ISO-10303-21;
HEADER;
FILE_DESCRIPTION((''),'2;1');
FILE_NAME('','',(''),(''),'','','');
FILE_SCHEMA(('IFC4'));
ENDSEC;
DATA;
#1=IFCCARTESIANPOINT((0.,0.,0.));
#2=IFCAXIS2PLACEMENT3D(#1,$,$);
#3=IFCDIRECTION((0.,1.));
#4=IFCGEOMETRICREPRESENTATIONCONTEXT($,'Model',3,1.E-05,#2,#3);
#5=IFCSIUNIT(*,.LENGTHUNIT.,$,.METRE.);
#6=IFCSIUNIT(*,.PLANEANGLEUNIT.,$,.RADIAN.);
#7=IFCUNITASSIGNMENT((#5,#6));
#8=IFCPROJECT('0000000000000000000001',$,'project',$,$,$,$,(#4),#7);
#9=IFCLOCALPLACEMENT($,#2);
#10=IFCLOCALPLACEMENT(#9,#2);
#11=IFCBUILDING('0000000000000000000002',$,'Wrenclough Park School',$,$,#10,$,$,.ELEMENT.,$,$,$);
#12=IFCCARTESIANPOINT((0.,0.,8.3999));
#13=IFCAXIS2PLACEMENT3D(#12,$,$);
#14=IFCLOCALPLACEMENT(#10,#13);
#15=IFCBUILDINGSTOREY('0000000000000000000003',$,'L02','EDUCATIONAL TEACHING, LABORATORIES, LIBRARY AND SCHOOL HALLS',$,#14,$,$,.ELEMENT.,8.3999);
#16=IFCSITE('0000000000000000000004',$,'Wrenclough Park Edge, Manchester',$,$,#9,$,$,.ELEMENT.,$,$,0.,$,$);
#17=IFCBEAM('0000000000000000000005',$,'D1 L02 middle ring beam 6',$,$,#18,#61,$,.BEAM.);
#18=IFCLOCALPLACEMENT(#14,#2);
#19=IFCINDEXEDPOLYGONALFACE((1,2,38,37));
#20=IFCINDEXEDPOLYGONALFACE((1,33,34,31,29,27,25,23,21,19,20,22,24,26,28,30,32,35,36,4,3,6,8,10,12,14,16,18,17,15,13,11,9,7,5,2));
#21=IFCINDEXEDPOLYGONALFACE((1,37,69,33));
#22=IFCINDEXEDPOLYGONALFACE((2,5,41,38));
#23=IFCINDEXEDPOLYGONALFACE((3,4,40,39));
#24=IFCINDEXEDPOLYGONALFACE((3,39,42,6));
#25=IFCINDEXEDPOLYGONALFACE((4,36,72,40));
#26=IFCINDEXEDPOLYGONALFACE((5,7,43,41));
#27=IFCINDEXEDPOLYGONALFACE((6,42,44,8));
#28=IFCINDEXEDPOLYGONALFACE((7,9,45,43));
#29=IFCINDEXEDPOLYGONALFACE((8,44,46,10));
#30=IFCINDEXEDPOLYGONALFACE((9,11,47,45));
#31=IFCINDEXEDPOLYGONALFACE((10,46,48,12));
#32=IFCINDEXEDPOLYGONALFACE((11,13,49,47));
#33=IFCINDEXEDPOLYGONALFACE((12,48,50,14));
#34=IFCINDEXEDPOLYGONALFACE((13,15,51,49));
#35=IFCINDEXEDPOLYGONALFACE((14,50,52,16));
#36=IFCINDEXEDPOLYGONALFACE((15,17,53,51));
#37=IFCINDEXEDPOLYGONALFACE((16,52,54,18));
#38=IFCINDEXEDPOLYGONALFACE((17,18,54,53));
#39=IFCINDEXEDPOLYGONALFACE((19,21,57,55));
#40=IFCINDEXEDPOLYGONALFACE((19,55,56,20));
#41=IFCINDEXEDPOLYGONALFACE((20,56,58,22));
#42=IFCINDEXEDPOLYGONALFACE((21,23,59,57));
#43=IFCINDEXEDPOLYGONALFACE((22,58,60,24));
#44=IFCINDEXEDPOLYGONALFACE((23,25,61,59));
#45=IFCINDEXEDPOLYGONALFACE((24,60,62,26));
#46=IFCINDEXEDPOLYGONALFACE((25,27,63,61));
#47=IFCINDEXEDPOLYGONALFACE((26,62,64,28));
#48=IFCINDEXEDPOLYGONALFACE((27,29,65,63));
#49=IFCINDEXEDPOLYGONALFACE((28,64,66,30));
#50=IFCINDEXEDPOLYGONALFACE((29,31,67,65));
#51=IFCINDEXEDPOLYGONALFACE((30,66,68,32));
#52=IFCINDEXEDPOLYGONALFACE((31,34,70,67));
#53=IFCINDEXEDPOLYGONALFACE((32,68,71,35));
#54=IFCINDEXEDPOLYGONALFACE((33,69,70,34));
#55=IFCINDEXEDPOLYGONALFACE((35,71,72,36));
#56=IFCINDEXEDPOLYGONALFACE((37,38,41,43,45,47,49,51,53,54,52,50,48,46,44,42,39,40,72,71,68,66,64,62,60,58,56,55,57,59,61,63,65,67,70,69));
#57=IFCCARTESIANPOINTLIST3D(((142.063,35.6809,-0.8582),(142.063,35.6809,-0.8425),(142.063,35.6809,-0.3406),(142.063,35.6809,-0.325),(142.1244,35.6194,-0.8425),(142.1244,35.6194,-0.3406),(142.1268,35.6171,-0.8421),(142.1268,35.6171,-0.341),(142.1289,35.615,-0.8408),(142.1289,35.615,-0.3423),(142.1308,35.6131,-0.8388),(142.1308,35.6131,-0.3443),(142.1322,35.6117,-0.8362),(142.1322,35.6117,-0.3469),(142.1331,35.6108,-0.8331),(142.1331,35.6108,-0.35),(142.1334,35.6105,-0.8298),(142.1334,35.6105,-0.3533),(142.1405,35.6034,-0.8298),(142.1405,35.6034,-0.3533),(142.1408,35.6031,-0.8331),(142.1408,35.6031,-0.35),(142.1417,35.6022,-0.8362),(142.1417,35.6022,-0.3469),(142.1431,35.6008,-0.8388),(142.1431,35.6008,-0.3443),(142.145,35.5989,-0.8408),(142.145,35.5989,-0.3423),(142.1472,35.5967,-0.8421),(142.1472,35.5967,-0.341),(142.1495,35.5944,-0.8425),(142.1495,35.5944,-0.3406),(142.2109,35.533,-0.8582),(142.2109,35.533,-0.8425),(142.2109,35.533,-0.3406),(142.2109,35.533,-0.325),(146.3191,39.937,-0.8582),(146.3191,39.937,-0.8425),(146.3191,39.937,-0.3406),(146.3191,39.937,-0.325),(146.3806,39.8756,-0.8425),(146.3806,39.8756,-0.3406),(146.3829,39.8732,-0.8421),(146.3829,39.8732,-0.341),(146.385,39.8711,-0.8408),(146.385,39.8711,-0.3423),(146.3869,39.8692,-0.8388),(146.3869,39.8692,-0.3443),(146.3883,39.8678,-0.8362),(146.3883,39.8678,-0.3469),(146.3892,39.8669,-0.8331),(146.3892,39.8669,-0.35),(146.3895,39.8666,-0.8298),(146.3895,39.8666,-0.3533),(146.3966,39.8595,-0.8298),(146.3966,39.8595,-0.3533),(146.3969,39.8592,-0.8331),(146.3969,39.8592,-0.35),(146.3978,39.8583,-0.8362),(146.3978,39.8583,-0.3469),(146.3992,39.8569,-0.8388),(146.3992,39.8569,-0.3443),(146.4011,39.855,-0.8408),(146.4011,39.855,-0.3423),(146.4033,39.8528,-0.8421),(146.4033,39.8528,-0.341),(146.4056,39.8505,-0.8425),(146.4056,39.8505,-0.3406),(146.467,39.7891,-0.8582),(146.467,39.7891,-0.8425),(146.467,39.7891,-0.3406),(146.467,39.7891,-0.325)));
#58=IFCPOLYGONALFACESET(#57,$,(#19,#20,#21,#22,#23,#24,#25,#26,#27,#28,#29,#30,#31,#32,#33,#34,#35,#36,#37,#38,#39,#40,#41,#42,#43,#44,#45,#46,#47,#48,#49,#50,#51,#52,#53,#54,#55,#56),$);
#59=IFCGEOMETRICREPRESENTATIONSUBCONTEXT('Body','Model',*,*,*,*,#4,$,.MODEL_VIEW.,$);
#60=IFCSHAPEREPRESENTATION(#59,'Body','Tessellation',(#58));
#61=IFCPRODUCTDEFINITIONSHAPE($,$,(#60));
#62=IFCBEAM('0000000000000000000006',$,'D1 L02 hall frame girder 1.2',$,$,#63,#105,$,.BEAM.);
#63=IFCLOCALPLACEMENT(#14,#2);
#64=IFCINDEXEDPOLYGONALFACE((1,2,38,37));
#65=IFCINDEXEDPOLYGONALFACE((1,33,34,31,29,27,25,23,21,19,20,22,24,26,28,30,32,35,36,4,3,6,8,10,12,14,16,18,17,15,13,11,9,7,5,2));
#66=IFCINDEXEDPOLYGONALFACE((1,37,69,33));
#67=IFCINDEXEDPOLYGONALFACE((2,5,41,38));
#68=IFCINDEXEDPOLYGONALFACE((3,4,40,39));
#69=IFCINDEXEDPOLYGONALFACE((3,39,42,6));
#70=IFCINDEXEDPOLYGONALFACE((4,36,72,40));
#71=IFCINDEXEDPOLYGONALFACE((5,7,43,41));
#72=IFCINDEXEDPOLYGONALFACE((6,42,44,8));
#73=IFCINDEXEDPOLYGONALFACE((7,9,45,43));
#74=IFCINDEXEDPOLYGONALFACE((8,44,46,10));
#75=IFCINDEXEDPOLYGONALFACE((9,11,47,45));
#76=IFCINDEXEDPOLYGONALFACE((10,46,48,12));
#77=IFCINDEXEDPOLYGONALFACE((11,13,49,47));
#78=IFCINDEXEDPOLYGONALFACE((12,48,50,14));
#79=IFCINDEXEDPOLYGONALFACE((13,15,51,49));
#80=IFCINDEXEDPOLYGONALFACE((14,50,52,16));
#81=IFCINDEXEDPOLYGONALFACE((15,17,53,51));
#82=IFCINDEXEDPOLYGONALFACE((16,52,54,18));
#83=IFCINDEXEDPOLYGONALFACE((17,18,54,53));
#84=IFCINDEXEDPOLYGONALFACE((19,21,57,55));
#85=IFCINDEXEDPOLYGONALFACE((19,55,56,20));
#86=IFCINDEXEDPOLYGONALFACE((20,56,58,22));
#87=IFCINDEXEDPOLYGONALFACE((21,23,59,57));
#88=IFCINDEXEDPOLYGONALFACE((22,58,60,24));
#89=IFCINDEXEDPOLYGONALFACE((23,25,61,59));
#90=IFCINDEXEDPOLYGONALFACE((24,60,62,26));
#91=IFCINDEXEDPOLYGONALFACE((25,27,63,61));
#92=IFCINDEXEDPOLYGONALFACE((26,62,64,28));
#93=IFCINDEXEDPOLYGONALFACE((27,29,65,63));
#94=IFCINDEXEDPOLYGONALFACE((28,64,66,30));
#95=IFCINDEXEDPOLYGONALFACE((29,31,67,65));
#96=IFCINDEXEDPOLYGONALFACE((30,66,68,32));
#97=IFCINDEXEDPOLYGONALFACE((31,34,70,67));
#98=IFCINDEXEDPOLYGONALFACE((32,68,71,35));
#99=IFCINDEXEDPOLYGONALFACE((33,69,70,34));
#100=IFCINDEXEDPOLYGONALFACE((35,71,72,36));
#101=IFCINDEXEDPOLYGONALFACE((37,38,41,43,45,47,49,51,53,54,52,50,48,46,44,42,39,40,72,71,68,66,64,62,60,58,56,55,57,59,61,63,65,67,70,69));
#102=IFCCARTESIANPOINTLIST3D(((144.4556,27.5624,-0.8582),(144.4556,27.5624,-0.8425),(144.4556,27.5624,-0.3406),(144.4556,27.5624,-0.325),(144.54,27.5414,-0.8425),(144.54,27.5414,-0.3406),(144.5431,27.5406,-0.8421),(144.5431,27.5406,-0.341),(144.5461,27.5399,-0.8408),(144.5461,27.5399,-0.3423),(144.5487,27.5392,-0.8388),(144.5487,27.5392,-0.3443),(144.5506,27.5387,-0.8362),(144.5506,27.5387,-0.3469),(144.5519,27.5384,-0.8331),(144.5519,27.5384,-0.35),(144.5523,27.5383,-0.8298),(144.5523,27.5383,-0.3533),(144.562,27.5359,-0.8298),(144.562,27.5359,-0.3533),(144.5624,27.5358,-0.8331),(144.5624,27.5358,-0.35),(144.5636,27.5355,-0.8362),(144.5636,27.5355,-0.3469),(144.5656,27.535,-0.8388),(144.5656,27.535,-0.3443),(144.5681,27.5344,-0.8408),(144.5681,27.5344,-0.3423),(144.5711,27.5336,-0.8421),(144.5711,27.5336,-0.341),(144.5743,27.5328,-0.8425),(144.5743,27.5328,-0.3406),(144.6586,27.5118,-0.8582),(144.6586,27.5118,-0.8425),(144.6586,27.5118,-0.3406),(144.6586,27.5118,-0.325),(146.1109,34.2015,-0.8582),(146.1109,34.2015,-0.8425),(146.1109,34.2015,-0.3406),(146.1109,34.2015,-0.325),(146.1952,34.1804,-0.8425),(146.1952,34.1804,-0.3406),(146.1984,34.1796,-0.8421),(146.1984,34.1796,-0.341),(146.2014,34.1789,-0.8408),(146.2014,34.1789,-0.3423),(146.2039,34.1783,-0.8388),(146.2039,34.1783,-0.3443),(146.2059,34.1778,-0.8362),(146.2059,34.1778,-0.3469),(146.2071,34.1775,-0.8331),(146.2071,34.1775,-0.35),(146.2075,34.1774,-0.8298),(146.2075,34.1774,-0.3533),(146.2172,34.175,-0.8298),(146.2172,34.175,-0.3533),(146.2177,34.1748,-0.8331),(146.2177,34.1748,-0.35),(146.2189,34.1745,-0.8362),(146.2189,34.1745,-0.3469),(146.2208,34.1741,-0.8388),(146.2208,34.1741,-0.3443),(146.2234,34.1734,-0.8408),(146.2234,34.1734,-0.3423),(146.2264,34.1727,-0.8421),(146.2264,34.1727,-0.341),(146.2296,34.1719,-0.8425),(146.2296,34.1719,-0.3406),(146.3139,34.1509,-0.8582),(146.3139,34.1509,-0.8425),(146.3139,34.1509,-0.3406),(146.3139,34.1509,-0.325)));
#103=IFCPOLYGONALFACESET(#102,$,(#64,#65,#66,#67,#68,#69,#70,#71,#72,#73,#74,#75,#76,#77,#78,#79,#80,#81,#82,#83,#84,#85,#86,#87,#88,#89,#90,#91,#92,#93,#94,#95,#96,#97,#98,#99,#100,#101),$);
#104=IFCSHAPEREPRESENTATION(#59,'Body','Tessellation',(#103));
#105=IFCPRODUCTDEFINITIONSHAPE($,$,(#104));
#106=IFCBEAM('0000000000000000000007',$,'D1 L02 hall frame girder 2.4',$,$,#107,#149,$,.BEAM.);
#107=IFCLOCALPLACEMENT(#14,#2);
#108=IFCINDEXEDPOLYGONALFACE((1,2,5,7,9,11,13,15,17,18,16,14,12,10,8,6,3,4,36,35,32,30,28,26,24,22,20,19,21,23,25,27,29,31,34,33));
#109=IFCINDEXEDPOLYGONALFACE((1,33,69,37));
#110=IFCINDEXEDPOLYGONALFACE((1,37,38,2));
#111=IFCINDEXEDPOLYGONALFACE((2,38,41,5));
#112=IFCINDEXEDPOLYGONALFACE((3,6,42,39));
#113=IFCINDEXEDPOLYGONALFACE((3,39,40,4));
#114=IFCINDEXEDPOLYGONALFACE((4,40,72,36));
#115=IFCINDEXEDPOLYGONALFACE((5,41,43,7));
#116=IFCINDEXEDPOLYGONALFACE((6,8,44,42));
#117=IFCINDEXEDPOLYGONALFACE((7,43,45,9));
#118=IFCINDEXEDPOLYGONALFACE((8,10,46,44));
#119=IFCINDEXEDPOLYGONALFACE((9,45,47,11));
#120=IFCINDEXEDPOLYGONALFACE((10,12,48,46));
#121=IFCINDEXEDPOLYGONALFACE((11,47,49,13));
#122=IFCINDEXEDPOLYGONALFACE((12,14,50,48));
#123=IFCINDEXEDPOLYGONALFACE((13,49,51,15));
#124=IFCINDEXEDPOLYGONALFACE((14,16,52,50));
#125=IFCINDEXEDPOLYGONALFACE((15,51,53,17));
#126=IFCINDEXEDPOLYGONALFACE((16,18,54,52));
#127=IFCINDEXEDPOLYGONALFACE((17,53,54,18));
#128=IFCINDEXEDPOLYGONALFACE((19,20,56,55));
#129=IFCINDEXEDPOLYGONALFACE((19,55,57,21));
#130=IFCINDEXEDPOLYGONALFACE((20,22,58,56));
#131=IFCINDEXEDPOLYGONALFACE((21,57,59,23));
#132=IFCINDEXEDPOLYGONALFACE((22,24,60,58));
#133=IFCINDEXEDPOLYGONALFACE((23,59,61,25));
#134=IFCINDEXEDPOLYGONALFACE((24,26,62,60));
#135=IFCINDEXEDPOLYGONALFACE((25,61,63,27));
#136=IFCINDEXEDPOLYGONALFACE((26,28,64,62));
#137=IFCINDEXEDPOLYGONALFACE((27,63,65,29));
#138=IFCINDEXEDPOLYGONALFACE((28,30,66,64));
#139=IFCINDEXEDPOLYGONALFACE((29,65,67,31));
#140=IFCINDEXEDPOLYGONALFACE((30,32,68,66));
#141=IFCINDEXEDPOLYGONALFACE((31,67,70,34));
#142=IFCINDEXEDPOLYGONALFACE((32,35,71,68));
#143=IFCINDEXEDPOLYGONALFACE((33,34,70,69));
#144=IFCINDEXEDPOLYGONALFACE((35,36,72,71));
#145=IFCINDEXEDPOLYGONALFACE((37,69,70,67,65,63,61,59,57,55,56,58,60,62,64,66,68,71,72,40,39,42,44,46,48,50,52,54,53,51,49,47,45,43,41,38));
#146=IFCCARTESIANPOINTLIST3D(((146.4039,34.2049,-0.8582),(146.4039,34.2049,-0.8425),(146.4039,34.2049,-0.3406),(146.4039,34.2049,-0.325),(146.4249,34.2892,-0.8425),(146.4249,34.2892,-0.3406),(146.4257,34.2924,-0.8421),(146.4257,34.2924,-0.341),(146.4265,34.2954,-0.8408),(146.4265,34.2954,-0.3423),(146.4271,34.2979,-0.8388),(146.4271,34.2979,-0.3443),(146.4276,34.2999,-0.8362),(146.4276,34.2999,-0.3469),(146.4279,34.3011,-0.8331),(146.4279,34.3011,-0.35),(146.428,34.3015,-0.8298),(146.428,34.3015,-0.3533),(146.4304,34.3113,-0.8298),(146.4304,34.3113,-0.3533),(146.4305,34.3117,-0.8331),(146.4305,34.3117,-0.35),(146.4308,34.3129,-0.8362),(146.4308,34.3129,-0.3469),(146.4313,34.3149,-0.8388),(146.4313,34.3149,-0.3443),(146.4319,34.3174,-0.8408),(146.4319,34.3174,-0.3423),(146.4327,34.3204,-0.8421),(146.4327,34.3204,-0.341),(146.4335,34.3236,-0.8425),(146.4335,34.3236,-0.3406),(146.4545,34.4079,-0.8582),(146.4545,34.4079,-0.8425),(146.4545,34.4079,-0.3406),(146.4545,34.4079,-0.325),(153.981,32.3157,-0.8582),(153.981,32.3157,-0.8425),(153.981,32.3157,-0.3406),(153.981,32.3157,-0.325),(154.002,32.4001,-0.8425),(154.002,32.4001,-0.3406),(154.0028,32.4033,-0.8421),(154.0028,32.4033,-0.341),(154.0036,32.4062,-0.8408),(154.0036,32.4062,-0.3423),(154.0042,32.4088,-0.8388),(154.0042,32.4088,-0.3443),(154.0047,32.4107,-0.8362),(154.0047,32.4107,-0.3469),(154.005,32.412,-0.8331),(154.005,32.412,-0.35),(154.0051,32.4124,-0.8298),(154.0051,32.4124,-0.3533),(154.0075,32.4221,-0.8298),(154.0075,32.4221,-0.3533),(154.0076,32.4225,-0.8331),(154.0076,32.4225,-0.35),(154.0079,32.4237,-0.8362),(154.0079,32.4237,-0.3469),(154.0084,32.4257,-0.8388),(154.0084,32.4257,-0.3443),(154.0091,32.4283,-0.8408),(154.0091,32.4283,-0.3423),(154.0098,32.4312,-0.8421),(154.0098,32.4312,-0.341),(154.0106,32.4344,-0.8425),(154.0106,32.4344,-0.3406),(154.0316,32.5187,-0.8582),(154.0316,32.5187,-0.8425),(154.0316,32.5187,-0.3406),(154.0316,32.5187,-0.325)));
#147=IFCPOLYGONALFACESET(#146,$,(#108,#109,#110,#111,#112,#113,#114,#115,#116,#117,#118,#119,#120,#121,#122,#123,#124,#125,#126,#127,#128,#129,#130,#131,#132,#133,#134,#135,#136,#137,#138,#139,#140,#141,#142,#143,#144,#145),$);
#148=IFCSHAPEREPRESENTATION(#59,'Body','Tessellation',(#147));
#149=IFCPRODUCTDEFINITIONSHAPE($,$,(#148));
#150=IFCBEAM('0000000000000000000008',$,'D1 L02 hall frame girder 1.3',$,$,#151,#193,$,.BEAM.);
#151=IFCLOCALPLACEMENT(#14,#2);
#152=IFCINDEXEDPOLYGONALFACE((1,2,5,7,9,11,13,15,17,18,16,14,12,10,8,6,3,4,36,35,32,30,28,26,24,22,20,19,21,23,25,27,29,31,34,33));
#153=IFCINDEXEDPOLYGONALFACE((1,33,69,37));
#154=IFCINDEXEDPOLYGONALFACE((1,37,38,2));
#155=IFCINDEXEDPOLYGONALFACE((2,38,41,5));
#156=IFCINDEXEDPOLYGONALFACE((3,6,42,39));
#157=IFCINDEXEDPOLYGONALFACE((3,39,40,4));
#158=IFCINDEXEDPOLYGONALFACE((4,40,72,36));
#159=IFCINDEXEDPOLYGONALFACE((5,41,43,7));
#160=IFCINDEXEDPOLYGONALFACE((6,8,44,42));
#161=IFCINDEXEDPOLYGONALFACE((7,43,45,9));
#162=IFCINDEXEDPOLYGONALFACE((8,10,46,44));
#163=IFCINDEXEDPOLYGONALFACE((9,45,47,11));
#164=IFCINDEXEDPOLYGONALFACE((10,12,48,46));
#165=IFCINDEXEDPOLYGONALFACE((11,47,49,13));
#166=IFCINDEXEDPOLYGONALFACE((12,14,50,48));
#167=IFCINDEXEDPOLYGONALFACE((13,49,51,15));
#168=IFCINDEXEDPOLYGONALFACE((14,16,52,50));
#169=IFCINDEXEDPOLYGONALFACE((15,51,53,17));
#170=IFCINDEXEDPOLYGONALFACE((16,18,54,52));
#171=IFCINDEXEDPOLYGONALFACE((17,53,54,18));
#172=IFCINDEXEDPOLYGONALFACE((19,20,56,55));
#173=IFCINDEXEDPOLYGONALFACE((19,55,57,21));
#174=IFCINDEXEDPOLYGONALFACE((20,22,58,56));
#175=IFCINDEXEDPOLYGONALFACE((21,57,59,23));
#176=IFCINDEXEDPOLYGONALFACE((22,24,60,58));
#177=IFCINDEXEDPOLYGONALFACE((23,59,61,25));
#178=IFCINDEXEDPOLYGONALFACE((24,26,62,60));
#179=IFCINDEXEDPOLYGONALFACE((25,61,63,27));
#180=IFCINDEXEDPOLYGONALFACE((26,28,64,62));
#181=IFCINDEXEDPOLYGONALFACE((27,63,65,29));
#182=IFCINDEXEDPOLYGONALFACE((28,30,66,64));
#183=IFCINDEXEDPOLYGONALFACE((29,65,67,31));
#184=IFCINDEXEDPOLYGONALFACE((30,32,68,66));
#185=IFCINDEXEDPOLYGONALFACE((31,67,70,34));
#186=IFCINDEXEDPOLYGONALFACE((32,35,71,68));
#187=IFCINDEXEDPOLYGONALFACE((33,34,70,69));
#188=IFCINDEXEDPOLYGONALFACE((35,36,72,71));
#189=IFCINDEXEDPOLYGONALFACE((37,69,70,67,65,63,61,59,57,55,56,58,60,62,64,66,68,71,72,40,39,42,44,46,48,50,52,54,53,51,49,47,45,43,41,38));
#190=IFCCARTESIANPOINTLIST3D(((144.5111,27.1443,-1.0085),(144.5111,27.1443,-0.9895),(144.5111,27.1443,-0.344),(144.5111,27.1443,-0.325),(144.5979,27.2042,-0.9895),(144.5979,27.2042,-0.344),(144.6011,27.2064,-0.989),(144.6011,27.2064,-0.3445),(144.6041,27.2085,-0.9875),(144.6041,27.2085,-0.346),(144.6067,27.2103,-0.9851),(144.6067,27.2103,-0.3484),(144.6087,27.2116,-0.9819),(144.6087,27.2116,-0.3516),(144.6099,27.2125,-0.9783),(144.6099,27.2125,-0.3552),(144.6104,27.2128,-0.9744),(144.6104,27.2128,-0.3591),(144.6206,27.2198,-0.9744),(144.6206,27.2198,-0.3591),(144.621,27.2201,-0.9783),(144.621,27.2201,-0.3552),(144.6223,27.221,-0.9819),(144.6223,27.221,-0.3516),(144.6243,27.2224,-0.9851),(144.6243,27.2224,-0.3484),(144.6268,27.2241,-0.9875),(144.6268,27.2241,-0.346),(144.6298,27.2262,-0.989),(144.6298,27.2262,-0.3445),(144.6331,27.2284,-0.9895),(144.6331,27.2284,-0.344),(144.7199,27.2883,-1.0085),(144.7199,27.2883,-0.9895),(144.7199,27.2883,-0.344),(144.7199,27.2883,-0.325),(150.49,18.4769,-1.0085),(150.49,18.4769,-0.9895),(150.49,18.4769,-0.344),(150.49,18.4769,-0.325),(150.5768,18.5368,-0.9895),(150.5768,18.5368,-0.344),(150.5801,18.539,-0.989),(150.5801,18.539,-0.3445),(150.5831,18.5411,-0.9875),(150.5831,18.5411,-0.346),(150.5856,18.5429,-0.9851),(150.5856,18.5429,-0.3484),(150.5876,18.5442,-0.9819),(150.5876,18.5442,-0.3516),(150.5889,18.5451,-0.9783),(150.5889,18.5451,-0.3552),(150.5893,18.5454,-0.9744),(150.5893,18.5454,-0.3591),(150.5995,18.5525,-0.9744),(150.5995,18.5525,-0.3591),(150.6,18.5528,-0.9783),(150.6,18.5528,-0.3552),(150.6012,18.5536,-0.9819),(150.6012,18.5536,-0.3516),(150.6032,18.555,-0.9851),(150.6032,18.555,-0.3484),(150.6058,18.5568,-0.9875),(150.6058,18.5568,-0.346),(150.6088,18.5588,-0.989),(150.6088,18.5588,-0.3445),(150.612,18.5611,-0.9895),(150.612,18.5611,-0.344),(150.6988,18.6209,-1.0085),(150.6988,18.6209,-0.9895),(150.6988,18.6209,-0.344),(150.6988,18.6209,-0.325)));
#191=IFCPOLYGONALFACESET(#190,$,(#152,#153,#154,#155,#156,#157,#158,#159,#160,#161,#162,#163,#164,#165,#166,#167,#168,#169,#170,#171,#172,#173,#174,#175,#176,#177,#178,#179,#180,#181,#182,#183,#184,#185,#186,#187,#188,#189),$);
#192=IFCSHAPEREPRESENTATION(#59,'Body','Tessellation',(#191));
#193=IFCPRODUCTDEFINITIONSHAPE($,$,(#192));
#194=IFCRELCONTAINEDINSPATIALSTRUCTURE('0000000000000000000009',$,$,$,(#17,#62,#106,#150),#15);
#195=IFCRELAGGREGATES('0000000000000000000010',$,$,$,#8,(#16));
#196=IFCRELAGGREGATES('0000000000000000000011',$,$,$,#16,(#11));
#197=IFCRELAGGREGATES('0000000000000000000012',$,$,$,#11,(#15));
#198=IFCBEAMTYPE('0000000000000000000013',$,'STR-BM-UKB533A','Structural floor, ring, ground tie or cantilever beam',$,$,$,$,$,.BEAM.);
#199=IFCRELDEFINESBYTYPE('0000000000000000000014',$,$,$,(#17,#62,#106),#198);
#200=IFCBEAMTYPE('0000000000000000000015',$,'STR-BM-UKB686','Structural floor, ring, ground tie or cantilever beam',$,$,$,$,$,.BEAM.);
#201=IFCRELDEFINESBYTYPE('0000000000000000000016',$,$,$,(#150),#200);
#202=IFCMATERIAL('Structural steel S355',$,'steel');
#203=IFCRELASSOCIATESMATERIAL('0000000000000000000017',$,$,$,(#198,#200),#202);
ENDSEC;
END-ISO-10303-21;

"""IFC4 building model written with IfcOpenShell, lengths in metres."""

from ifc_helpers import new_model, si_unit, direction, frame, origin, origin_2d, place, context, subcontext, project, spatial, i_section, extrude, material, material_profile, profile_set, type_object, element, save


model = new_model("IFC4")

# Units and contexts
model_context = context("Model", 3, precision=1e-05, world=origin(), true_north=direction((0.0, 1.0)))
body_context = subcontext(model_context, "Body", "Model", "MODEL_VIEW")
ifc_project = project(units=[si_unit("LENGTHUNIT", "METRE"), si_unit("PLANEANGLEUNIT", "RADIAN")], contexts=[model_context])

# Site, building, storey
site_placement = place(None, origin())
site = spatial("IfcSite", under=ifc_project, at=site_placement, Name="Wrenclough Park Edge, Manchester", CompositionType="ELEMENT", RefElevation=0.0)
building_placement = place(site_placement, origin())
building = spatial("IfcBuilding", under=site, at=building_placement, Name="Wrenclough Park School", CompositionType="ELEMENT")
storey_placement = place(building_placement, frame((0.0, 0.0, 8.3999)))
storey = spatial("IfcBuildingStorey", under=building, at=storey_placement, Name="L02", Description="EDUCATIONAL TEACHING, LABORATORIES, LIBRARY AND SCHOOL HALLS", CompositionType="ELEMENT", Elevation=8.3999)

# Shared definitions
ifc_material_1 = material(Name="Structural steel S355", Category="steel")

# Beams
ifc_material_profile_1 = material_profile(ifc_material_1, i_section(OverallWidth=0.2092, OverallDepth=0.5332, WebThickness=0.01, FlangeThickness=0.0156, FilletRadius=0.0127, at=origin_2d()), Name="UKB 533x210x92")
ifc_profile_set_1 = profile_set([ifc_material_profile_1], Name="Structural steel S355")
beam_type_1 = type_object("IfcBeamType", Name="STR-BM-UKB533A", Description="Structural floor, ring, ground tie or cantilever beam", PredefinedType="BEAM", material=ifc_profile_set_1)
beam_1_placement = place(storey_placement, frame((146.3931, 39.863, -0.5916), z_axis=(-0.707107, -0.707107, 0.0), x_axis=(0.707107, -0.707107, 0.0)))
element("IfcBeam", 1, at=beam_1_placement, inside=storey, type_object=beam_type_1, Name="D1 L02 middle ring beam 6", PredefinedType="BEAM", context=body_context, shape_type="SweptSolid", body=[
    extrude(i_section(OverallWidth=0.2092, OverallDepth=0.5332, WebThickness=0.01, FlangeThickness=0.0156, FilletRadius=0.0127, at=origin_2d()), origin(), (0.0, 0.0, 1.0), 6.019),
])
beam_2_placement = place(storey_placement, frame((144.5571, 27.5371, -0.5916), z_axis=(0.241914, 0.970298, 0.0), x_axis=(-0.970298, 0.241914, 0.0)))
element("IfcBeam", 2, at=beam_2_placement, inside=storey, type_object=beam_type_1, Name="D1 L02 hall frame girder 1.2", PredefinedType="BEAM", context=body_context, shape_type="SweptSolid", body=[
    extrude(i_section(OverallWidth=0.2092, OverallDepth=0.5332, WebThickness=0.01, FlangeThickness=0.0156, FilletRadius=0.0127, at=origin_2d()), origin(), (0.0, 0.0, 1.0), 6.8423),
])
beam_3_placement = place(storey_placement, frame((146.4292, 34.3064, -0.5916), z_axis=(0.970297, -0.241918, 0.0), x_axis=(0.241918, 0.970297, 0.0)))
element("IfcBeam", 3, at=beam_3_placement, inside=storey, type_object=beam_type_1, Name="D1 L02 hall frame girder 2.4", PredefinedType="BEAM", context=body_context, shape_type="SweptSolid", body=[
    extrude(i_section(OverallWidth=0.2092, OverallDepth=0.5332, WebThickness=0.01, FlangeThickness=0.0156, FilletRadius=0.0127, at=origin_2d()), origin(), (0.0, 0.0, 1.0), 7.8091),
])
ifc_material_profile_2 = material_profile(ifc_material_1, i_section(OverallWidth=0.2537, OverallDepth=0.6836, WebThickness=0.0125, FlangeThickness=0.019, FilletRadius=0.0151, at=origin_2d()), Name="UKB 686x254x140")
ifc_profile_set_2 = profile_set([ifc_material_profile_2], Name="Structural steel S355")
beam_type_2 = type_object("IfcBeamType", Name="STR-BM-UKB686", Description="Structural floor, ring, ground tie or cantilever beam", PredefinedType="BEAM", material=ifc_profile_set_2)
beam_4_placement = place(storey_placement, frame((144.6155, 27.2163, -0.6667), z_axis=(0.567825, -0.823149, 0.0), x_axis=(0.823149, 0.567825, 0.0)))
element("IfcBeam", 4, at=beam_4_placement, inside=storey, type_object=beam_type_2, Name="D1 L02 hall frame girder 1.3", PredefinedType="BEAM", context=body_context, shape_type="SweptSolid", body=[
    extrude(i_section(OverallWidth=0.2537, OverallDepth=0.6836, WebThickness=0.0125, FlangeThickness=0.019, FilletRadius=0.0151, at=origin_2d()), origin(), (0.0, 0.0, 1.0), 10.5295),
])

save(model, "model.ifc")
